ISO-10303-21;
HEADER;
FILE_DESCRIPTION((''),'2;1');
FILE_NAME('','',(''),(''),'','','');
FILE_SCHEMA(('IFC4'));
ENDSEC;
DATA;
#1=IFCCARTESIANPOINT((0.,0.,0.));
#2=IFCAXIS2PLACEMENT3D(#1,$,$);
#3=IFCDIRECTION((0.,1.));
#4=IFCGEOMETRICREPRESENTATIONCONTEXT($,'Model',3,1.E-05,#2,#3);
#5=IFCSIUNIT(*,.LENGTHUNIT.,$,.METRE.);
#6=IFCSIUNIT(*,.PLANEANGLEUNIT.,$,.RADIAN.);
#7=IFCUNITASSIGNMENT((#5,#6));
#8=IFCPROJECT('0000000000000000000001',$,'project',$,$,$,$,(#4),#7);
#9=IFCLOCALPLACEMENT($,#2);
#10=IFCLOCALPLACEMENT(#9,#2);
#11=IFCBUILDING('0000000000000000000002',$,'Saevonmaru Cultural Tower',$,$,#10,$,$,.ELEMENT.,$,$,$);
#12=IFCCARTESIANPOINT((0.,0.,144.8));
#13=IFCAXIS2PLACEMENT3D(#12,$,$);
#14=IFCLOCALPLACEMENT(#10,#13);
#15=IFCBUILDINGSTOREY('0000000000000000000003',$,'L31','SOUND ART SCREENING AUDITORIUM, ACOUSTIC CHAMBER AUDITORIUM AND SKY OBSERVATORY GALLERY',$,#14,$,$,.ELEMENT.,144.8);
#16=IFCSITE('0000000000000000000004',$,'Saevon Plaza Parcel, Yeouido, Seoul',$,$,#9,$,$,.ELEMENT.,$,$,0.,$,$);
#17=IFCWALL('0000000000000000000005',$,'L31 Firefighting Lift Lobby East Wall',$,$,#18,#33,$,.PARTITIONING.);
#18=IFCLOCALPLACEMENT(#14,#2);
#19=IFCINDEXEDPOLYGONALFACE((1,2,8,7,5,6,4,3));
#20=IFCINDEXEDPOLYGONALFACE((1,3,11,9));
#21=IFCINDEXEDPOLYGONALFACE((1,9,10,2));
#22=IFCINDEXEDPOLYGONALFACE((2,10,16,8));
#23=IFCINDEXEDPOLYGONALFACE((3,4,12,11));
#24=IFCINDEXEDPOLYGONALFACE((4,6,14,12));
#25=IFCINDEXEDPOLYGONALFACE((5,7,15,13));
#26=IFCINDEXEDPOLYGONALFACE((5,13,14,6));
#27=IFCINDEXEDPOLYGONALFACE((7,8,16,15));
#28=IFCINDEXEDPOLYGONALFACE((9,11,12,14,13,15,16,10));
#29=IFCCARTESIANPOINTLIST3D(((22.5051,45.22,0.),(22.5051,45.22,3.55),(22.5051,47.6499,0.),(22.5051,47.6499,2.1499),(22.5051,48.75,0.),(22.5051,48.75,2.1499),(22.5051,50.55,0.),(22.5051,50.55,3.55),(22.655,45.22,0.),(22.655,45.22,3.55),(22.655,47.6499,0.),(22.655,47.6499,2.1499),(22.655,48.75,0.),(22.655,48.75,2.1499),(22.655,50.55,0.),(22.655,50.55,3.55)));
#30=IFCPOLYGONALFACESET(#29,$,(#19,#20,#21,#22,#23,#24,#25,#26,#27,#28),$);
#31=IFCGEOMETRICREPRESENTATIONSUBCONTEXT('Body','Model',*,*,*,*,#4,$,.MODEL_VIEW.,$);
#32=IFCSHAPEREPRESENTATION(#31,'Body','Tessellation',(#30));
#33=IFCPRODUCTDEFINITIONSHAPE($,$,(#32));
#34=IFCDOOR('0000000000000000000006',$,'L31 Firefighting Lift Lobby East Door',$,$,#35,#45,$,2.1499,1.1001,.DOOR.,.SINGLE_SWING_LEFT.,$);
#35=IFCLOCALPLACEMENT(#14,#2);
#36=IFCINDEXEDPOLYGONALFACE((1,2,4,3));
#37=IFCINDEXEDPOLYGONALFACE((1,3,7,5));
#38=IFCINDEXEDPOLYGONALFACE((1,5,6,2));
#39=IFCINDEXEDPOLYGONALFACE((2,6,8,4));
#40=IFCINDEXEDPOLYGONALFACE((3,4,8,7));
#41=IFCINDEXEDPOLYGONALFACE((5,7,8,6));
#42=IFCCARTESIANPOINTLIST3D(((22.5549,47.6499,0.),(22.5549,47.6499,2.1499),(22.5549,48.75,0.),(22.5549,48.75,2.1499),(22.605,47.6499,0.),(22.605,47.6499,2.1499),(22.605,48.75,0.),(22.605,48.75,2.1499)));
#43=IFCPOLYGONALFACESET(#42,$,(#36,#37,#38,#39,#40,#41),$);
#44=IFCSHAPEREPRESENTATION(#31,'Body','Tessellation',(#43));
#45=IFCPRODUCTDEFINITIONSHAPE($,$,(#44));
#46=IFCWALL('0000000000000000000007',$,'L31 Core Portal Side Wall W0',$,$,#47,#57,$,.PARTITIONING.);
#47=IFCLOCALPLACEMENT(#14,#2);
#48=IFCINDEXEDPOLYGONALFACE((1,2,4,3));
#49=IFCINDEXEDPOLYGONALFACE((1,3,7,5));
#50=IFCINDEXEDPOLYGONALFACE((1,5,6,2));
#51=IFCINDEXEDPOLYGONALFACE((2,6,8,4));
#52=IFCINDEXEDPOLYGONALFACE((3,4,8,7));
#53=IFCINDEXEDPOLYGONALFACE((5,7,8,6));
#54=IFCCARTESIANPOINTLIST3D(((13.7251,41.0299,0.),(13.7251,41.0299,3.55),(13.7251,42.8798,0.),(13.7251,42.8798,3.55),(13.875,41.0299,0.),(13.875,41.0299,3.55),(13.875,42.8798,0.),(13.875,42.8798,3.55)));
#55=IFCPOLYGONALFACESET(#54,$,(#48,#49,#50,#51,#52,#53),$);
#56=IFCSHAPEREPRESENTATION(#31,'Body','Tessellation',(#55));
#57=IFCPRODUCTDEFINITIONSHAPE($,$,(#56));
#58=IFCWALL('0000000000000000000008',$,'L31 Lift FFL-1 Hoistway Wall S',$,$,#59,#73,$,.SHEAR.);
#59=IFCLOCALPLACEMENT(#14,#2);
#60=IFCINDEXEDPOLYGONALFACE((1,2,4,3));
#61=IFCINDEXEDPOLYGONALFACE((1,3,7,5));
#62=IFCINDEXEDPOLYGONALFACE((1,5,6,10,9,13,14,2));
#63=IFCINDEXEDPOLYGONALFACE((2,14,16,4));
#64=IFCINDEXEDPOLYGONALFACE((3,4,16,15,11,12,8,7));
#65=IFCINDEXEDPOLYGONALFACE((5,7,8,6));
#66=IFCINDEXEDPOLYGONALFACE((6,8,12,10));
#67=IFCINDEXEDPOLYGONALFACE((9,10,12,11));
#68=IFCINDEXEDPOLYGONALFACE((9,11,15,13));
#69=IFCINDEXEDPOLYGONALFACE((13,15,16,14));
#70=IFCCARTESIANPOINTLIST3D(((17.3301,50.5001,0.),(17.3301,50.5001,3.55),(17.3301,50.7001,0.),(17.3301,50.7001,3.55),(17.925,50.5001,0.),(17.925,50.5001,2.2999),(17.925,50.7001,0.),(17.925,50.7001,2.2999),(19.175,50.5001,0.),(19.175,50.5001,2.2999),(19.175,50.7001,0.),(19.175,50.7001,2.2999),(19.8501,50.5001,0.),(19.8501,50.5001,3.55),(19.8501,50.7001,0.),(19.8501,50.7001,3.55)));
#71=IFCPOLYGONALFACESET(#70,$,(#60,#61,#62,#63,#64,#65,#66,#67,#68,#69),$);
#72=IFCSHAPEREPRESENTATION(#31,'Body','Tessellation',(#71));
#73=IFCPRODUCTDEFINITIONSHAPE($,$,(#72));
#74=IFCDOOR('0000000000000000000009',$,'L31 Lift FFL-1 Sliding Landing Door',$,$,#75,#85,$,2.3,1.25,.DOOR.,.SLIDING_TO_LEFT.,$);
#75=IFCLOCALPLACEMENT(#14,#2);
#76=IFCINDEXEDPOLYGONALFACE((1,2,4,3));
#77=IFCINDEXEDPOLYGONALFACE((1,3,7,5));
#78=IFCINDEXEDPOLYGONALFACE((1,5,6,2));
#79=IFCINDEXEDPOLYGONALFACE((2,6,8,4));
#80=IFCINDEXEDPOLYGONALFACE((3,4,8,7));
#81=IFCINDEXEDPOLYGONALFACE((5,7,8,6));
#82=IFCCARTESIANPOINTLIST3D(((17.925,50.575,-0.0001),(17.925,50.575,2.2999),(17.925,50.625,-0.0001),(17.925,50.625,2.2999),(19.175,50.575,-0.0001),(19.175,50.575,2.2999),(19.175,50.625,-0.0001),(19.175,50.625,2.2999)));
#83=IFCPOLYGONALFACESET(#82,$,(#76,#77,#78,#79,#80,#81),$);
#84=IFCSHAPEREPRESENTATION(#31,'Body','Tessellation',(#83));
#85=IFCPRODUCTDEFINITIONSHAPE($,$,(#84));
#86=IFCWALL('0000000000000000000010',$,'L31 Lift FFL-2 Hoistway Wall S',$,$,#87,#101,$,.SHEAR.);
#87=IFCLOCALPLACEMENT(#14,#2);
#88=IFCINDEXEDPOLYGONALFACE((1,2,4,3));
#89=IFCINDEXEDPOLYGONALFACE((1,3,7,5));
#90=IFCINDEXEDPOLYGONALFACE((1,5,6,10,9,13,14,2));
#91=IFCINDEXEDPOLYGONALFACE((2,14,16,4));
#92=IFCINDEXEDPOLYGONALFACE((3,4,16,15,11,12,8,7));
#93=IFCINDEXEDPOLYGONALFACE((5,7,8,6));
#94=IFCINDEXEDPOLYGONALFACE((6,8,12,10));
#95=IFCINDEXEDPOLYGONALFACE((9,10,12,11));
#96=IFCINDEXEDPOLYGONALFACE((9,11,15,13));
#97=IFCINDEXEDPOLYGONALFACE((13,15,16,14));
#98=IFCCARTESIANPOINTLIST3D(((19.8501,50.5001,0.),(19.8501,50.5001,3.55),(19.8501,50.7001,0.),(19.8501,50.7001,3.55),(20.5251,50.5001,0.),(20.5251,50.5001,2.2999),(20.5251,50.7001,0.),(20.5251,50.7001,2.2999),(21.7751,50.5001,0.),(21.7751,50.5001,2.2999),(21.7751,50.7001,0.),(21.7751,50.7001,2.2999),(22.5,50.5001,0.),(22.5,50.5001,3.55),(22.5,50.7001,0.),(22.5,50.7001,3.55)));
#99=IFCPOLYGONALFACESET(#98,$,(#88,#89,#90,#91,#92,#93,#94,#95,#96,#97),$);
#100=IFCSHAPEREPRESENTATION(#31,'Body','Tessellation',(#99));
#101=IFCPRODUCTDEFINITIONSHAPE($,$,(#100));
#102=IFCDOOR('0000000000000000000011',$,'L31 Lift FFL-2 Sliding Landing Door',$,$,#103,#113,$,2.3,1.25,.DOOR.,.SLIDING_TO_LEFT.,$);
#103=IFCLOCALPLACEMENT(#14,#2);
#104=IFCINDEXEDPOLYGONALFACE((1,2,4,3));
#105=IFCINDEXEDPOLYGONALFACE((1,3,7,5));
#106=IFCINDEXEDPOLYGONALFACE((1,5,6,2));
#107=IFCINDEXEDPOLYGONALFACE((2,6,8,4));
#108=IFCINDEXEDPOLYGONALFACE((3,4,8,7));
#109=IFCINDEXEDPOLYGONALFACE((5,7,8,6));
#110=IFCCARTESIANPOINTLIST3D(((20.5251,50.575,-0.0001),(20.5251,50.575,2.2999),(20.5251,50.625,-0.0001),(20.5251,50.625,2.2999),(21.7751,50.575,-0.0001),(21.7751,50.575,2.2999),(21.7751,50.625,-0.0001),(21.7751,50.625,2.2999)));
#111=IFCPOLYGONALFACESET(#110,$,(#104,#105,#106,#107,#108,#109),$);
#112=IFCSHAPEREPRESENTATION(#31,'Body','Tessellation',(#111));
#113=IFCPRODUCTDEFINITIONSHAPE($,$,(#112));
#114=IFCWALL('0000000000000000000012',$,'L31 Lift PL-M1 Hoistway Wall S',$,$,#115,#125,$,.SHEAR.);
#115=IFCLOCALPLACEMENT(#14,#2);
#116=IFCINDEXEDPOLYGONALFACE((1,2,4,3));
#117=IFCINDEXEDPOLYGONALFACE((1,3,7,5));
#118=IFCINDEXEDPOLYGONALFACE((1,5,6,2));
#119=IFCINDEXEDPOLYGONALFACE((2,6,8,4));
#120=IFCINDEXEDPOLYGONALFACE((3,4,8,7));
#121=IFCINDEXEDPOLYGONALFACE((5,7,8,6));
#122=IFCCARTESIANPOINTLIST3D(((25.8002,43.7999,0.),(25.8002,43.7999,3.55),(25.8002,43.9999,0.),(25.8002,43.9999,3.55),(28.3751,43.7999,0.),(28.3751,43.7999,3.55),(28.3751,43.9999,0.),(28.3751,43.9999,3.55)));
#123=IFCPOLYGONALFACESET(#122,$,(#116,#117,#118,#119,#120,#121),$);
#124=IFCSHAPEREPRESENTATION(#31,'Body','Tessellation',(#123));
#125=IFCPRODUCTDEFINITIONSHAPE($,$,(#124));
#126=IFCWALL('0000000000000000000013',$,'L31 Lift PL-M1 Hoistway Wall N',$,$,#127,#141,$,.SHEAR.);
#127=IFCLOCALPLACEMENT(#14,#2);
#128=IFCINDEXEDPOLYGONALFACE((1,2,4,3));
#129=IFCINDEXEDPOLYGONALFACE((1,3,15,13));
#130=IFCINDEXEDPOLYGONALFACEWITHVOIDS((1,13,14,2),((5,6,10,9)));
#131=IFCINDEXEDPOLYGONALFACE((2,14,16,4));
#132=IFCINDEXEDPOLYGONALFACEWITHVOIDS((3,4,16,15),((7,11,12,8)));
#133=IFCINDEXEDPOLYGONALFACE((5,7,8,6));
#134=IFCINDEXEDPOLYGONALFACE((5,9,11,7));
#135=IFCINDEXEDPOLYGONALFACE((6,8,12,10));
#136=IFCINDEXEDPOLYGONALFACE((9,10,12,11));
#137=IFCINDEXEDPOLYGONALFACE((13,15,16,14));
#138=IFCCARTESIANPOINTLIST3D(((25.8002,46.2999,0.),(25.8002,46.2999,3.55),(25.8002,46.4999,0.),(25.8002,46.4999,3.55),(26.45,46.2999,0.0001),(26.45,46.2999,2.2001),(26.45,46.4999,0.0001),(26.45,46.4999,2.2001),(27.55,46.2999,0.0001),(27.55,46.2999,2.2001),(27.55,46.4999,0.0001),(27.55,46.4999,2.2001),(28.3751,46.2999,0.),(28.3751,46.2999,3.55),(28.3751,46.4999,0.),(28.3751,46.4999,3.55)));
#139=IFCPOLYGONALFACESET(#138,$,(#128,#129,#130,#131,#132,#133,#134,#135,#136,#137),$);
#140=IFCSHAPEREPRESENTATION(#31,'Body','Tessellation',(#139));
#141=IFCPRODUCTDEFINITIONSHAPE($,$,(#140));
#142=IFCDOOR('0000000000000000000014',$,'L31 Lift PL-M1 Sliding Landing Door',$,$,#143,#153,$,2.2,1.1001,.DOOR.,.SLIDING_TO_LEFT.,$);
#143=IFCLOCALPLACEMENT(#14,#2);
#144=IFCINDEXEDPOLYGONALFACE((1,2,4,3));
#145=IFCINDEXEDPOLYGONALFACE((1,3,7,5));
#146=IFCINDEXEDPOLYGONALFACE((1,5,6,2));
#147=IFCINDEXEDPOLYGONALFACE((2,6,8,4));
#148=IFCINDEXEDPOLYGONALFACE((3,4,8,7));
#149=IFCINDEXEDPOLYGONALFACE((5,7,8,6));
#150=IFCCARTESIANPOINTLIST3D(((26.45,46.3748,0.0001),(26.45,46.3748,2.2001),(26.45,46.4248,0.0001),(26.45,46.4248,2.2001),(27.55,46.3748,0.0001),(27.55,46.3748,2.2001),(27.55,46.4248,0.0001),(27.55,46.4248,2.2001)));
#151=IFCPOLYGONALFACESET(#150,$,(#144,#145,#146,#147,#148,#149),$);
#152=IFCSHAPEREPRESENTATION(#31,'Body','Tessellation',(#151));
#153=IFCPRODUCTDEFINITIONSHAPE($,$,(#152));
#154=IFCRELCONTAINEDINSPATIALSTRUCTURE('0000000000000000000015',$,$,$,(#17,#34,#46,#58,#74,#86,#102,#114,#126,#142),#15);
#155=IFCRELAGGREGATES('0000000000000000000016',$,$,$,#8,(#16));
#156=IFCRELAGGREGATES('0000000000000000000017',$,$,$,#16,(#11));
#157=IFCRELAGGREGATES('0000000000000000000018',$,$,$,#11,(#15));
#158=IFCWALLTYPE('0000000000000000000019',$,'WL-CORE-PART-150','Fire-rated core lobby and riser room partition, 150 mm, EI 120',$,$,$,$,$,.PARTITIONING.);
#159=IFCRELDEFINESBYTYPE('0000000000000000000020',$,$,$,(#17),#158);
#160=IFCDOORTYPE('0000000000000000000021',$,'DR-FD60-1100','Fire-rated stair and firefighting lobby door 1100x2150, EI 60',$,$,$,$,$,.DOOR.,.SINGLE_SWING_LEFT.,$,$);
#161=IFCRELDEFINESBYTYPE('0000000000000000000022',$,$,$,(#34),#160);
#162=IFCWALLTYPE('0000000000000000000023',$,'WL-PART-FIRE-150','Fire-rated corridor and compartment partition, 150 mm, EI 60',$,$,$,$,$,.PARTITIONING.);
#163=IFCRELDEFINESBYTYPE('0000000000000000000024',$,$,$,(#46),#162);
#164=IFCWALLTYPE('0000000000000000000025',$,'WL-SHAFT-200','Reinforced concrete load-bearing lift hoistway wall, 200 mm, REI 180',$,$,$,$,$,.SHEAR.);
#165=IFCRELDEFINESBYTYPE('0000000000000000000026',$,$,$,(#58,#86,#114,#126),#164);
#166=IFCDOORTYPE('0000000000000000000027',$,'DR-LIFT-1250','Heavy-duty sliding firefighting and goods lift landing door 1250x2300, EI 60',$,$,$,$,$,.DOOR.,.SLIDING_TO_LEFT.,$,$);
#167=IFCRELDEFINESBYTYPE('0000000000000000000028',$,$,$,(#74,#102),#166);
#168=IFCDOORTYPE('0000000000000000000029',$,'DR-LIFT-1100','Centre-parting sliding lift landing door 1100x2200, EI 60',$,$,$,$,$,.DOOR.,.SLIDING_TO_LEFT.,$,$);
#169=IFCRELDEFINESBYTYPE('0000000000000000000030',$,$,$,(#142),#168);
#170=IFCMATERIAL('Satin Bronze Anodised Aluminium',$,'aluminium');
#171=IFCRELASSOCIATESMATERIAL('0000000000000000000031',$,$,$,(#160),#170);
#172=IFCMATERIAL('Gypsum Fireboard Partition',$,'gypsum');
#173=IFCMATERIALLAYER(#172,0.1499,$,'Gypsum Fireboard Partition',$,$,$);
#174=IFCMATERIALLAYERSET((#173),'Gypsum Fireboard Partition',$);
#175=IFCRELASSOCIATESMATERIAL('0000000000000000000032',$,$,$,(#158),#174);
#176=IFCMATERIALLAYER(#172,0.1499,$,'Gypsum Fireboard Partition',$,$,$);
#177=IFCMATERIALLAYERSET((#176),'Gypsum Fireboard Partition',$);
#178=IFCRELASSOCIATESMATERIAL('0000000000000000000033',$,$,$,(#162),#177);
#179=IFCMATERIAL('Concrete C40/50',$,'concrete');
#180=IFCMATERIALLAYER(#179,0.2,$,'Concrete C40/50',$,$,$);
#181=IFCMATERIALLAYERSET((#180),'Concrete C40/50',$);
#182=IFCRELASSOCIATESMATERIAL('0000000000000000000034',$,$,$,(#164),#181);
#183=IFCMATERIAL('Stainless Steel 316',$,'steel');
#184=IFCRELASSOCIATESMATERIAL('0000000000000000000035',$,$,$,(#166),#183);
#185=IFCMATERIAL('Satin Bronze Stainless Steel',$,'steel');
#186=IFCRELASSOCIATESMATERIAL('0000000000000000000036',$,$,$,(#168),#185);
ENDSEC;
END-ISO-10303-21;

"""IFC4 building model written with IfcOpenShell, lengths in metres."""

from ifc_helpers import new_model, si_unit, direction, frame, frame_2d, origin, place, context, subcontext, project, spatial, rectangle, extrude, material, layer, layer_set, type_object, element, fill, save


model = new_model("IFC4")

# Units and contexts
model_context = context("Model", 3, precision=1e-05, world=origin(), true_north=direction((0.0, 1.0)))
body_context = subcontext(model_context, "Body", "Model", "MODEL_VIEW")
ifc_project = project(units=[si_unit("LENGTHUNIT", "METRE"), si_unit("PLANEANGLEUNIT", "RADIAN")], contexts=[model_context])

# Site, building, storey
site_placement = place(None, origin())
site = spatial("IfcSite", under=ifc_project, at=site_placement, Name="Saevon Plaza Parcel, Yeouido, Seoul", CompositionType="ELEMENT", RefElevation=0.0)
building_placement = place(site_placement, origin())
building = spatial("IfcBuilding", under=site, at=building_placement, Name="Saevonmaru Cultural Tower", CompositionType="ELEMENT")
storey_placement = place(building_placement, frame((0.0, 0.0, 144.8)))
storey = spatial("IfcBuildingStorey", under=building, at=storey_placement, Name="L31", Description="SOUND ART SCREENING AUDITORIUM, ACOUSTIC CHAMBER AUDITORIUM AND SKY OBSERVATORY GALLERY", CompositionType="ELEMENT", Elevation=144.8)

# Shared definitions
ifc_material_1 = material(Name="Satin Bronze Anodised Aluminium", Category="aluminium")
door_type_1 = type_object("IfcDoorType", Name="DR-FD60-1100", Description="Fire-rated stair and firefighting lobby door 1100x2150, EI 60", OperationType="SINGLE_SWING_LEFT", PredefinedType="DOOR", material=ifc_material_1)

# Wall, opening, door
ifc_material_2 = material(Name="Gypsum Fireboard Partition", Category="gypsum")
ifc_layer_1 = layer(ifc_material_2, 0.1499, Name="Gypsum Fireboard Partition")
ifc_layer_set_1 = layer_set([ifc_layer_1], Name="Gypsum Fireboard Partition")
wall_type_1 = type_object("IfcWallType", Name="WL-CORE-PART-150", Description="Fire-rated core lobby and riser room partition, 150 mm, EI 120", PredefinedType="PARTITIONING", material=ifc_layer_set_1)
wall_1_placement = place(storey_placement, frame((22.5801, 50.55, 0.0), z_axis=(0.0, 0.0, 1.0), x_axis=(0.0, -1.0, 0.0)))
wall_1 = element("IfcWall", 1, at=wall_1_placement, inside=storey, type_object=wall_type_1, Name="L31 Firefighting Lift Lobby East Wall", PredefinedType="PARTITIONING", context=body_context, shape_type="SweptSolid", body=[
    extrude(rectangle(XDim=5.3301, YDim=0.1499, at=frame_2d((2.665, 0.0))), origin(), (0.0, 0.0, 1.0), 3.55),
])
opening_1_placement = place(wall_1_placement, frame((1.8, 0.0, 0.0)))
opening_1 = element("IfcOpeningElement", 2, at=opening_1_placement, cuts=wall_1, PredefinedType="OPENING", context=body_context, shape_type="SweptSolid", body=[
    extrude(rectangle(XDim=1.1001, YDim=2.1499, at=frame_2d((0.55, 1.075))), frame((0.0, 0.085, 0.0), z_axis=(0.0, -1.0, 0.0), x_axis=(1.0, 0.0, 0.0)), (0.0, 0.0, 1.0), 0.1699),
])
door_1_placement = place(opening_1_placement, origin())
door_1 = element("IfcDoor", 3, at=door_1_placement, inside=storey, type_object=door_type_1, Name="L31 Firefighting Lift Lobby East Door", OperationType="SINGLE_SWING_LEFT", OverallHeight=2.1499, OverallWidth=1.1001, PredefinedType="DOOR", context=body_context, shape_type="SweptSolid", body=[
    extrude(rectangle(XDim=1.1001, YDim=2.1499, at=frame_2d((0.55, 1.075))), frame((0.0, 0.0249, 0.0), z_axis=(0.0, -1.0, 0.0), x_axis=(1.0, 0.0, 0.0)), (0.0, 0.0, 1.0), 0.05),
])
fill(opening_1, door_1)

# Wall
ifc_layer_2 = layer(ifc_material_2, 0.1499, Name="Gypsum Fireboard Partition")
ifc_layer_set_2 = layer_set([ifc_layer_2], Name="Gypsum Fireboard Partition")
wall_type_2 = type_object("IfcWallType", Name="WL-PART-FIRE-150", Description="Fire-rated corridor and compartment partition, 150 mm, EI 60", PredefinedType="PARTITIONING", material=ifc_layer_set_2)
wall_2_placement = place(storey_placement, frame((13.8, 41.03, 0.0), z_axis=(0.0, 0.0, 1.0), x_axis=(0.0, 1.0, 0.0)))
element("IfcWall", 4, at=wall_2_placement, inside=storey, type_object=wall_type_2, Name="L31 Core Portal Side Wall W0", PredefinedType="PARTITIONING", context=body_context, shape_type="SweptSolid", body=[
    extrude(rectangle(XDim=1.8499, YDim=0.1499, at=frame_2d((0.9248, 0.0))), origin(), (0.0, 0.0, 1.0), 3.55),
])

# Walls, openings, doors
ifc_material_3 = material(Name="Concrete C40/50", Category="concrete")
ifc_layer_3 = layer(ifc_material_3, 0.2, Name="Concrete C40/50")
ifc_layer_set_3 = layer_set([ifc_layer_3], Name="Concrete C40/50")
wall_type_3 = type_object("IfcWallType", Name="WL-SHAFT-200", Description="Reinforced concrete load-bearing lift hoistway wall, 200 mm, REI 180", PredefinedType="SHEAR", material=ifc_layer_set_3)
wall_3_placement = place(storey_placement, frame((17.3301, 50.6001, 0.0), z_axis=(0.0, 0.0, 1.0), x_axis=(1.0, 0.0, 0.0)))
wall_3 = element("IfcWall", 5, at=wall_3_placement, inside=storey, type_object=wall_type_3, Name="L31 Lift FFL-1 Hoistway Wall S", PredefinedType="SHEAR", context=body_context, shape_type="SweptSolid", body=[
    extrude(rectangle(XDim=2.52, YDim=0.2, at=frame_2d((1.26, 0.0))), origin(), (0.0, 0.0, 1.0), 3.55),
])
opening_2_placement = place(wall_3_placement, frame((0.595, 0.0, 0.0)))
opening_2 = element("IfcOpeningElement", 6, at=opening_2_placement, cuts=wall_3, PredefinedType="OPENING", context=body_context, shape_type="SweptSolid", body=[
    extrude(rectangle(XDim=1.25, YDim=2.3, at=frame_2d((0.625, 1.1499))), frame((0.0, 0.1099, 0.0), z_axis=(0.0, -1.0, 0.0), x_axis=(1.0, 0.0, 0.0)), (0.0, 0.0, 1.0), 0.22),
])
ifc_material_4 = material(Name="Stainless Steel 316", Category="steel")
door_type_2 = type_object("IfcDoorType", Name="DR-LIFT-1250", Description="Heavy-duty sliding firefighting and goods lift landing door 1250x2300, EI 60", OperationType="SLIDING_TO_LEFT", PredefinedType="DOOR", material=ifc_material_4)
door_2_placement = place(opening_2_placement, origin())
door_2 = element("IfcDoor", 7, at=door_2_placement, inside=storey, type_object=door_type_2, Name="L31 Lift FFL-1 Sliding Landing Door", OperationType="SLIDING_TO_LEFT", OverallHeight=2.3, OverallWidth=1.25, PredefinedType="DOOR", context=body_context, shape_type="SweptSolid", body=[
    extrude(rectangle(XDim=1.25, YDim=2.3, at=frame_2d((0.625, 1.1499))), frame((0.0, 0.0249, 0.0), z_axis=(0.0, -1.0, 0.0), x_axis=(1.0, 0.0, 0.0)), (0.0, 0.0, 1.0), 0.05),
])
fill(opening_2, door_2)
wall_4_placement = place(storey_placement, frame((19.8501, 50.6001, 0.0), z_axis=(0.0, 0.0, 1.0), x_axis=(1.0, 0.0, 0.0)))
wall_4 = element("IfcWall", 8, at=wall_4_placement, inside=storey, type_object=wall_type_3, Name="L31 Lift FFL-2 Hoistway Wall S", PredefinedType="SHEAR", context=body_context, shape_type="SweptSolid", body=[
    extrude(rectangle(XDim=2.6499, YDim=0.2, at=frame_2d((1.325, 0.0))), origin(), (0.0, 0.0, 1.0), 3.55),
])
opening_3_placement = place(wall_4_placement, frame((0.675, 0.0, 0.0)))
opening_3 = element("IfcOpeningElement", 9, at=opening_3_placement, cuts=wall_4, PredefinedType="OPENING", context=body_context, shape_type="SweptSolid", body=[
    extrude(rectangle(XDim=1.25, YDim=2.3, at=frame_2d((0.625, 1.1499))), frame((0.0, 0.1099, 0.0), z_axis=(0.0, -1.0, 0.0), x_axis=(1.0, 0.0, 0.0)), (0.0, 0.0, 1.0), 0.22),
])
door_3_placement = place(opening_3_placement, origin())
door_3 = element("IfcDoor", 10, at=door_3_placement, inside=storey, type_object=door_type_2, Name="L31 Lift FFL-2 Sliding Landing Door", OperationType="SLIDING_TO_LEFT", OverallHeight=2.3, OverallWidth=1.25, PredefinedType="DOOR", context=body_context, shape_type="SweptSolid", body=[
    extrude(rectangle(XDim=1.25, YDim=2.3, at=frame_2d((0.625, 1.1499))), frame((0.0, 0.0249, 0.0), z_axis=(0.0, -1.0, 0.0), x_axis=(1.0, 0.0, 0.0)), (0.0, 0.0, 1.0), 0.05),
])
fill(opening_3, door_3)

# Wall
wall_5_placement = place(storey_placement, frame((25.8, 43.8999, 0.0), z_axis=(0.0, 0.0, 1.0), x_axis=(1.0, 0.0, 0.0)))
element("IfcWall", 11, at=wall_5_placement, inside=storey, type_object=wall_type_3, Name="L31 Lift PL-M1 Hoistway Wall S", PredefinedType="SHEAR", context=body_context, shape_type="SweptSolid", body=[
    extrude(rectangle(XDim=2.575, YDim=0.2, at=frame_2d((1.2876, 0.0))), origin(), (0.0, 0.0, 1.0), 3.55),
])

# Wall, opening, door
wall_6_placement = place(storey_placement, frame((25.8, 46.3999, 0.0), z_axis=(0.0, 0.0, 1.0), x_axis=(1.0, 0.0, 0.0)))
wall_6 = element("IfcWall", 12, at=wall_6_placement, inside=storey, type_object=wall_type_3, Name="L31 Lift PL-M1 Hoistway Wall N", PredefinedType="SHEAR", context=body_context, shape_type="SweptSolid", body=[
    extrude(rectangle(XDim=2.575, YDim=0.2, at=frame_2d((1.2876, 0.0))), origin(), (0.0, 0.0, 1.0), 3.55),
])
opening_4_placement = place(wall_6_placement, frame((0.6499, 0.0, 0.0)))
opening_4 = element("IfcOpeningElement", 13, at=opening_4_placement, cuts=wall_6, PredefinedType="OPENING", context=body_context, shape_type="SweptSolid", body=[
    extrude(rectangle(XDim=1.1001, YDim=2.2, at=frame_2d((0.55, 1.1001))), frame((0.0, 0.1099, 0.0), z_axis=(0.0, -1.0, 0.0), x_axis=(1.0, 0.0, 0.0)), (0.0, 0.0, 1.0), 0.22),
])
ifc_material_5 = material(Name="Satin Bronze Stainless Steel", Category="steel")
door_type_3 = type_object("IfcDoorType", Name="DR-LIFT-1100", Description="Centre-parting sliding lift landing door 1100x2200, EI 60", OperationType="SLIDING_TO_LEFT", PredefinedType="DOOR", material=ifc_material_5)
door_4_placement = place(opening_4_placement, origin())
door_4 = element("IfcDoor", 14, at=door_4_placement, inside=storey, type_object=door_type_3, Name="L31 Lift PL-M1 Sliding Landing Door", OperationType="SLIDING_TO_LEFT", OverallHeight=2.2, OverallWidth=1.1001, PredefinedType="DOOR", context=body_context, shape_type="SweptSolid", body=[
    extrude(rectangle(XDim=1.1001, YDim=2.2, at=frame_2d((0.55, 1.1001))), frame((0.0, 0.0249, 0.0), z_axis=(0.0, -1.0, 0.0), x_axis=(1.0, 0.0, 0.0)), (0.0, 0.0, 1.0), 0.05),
])
fill(opening_4, door_4)

save(model, "model.ifc")
